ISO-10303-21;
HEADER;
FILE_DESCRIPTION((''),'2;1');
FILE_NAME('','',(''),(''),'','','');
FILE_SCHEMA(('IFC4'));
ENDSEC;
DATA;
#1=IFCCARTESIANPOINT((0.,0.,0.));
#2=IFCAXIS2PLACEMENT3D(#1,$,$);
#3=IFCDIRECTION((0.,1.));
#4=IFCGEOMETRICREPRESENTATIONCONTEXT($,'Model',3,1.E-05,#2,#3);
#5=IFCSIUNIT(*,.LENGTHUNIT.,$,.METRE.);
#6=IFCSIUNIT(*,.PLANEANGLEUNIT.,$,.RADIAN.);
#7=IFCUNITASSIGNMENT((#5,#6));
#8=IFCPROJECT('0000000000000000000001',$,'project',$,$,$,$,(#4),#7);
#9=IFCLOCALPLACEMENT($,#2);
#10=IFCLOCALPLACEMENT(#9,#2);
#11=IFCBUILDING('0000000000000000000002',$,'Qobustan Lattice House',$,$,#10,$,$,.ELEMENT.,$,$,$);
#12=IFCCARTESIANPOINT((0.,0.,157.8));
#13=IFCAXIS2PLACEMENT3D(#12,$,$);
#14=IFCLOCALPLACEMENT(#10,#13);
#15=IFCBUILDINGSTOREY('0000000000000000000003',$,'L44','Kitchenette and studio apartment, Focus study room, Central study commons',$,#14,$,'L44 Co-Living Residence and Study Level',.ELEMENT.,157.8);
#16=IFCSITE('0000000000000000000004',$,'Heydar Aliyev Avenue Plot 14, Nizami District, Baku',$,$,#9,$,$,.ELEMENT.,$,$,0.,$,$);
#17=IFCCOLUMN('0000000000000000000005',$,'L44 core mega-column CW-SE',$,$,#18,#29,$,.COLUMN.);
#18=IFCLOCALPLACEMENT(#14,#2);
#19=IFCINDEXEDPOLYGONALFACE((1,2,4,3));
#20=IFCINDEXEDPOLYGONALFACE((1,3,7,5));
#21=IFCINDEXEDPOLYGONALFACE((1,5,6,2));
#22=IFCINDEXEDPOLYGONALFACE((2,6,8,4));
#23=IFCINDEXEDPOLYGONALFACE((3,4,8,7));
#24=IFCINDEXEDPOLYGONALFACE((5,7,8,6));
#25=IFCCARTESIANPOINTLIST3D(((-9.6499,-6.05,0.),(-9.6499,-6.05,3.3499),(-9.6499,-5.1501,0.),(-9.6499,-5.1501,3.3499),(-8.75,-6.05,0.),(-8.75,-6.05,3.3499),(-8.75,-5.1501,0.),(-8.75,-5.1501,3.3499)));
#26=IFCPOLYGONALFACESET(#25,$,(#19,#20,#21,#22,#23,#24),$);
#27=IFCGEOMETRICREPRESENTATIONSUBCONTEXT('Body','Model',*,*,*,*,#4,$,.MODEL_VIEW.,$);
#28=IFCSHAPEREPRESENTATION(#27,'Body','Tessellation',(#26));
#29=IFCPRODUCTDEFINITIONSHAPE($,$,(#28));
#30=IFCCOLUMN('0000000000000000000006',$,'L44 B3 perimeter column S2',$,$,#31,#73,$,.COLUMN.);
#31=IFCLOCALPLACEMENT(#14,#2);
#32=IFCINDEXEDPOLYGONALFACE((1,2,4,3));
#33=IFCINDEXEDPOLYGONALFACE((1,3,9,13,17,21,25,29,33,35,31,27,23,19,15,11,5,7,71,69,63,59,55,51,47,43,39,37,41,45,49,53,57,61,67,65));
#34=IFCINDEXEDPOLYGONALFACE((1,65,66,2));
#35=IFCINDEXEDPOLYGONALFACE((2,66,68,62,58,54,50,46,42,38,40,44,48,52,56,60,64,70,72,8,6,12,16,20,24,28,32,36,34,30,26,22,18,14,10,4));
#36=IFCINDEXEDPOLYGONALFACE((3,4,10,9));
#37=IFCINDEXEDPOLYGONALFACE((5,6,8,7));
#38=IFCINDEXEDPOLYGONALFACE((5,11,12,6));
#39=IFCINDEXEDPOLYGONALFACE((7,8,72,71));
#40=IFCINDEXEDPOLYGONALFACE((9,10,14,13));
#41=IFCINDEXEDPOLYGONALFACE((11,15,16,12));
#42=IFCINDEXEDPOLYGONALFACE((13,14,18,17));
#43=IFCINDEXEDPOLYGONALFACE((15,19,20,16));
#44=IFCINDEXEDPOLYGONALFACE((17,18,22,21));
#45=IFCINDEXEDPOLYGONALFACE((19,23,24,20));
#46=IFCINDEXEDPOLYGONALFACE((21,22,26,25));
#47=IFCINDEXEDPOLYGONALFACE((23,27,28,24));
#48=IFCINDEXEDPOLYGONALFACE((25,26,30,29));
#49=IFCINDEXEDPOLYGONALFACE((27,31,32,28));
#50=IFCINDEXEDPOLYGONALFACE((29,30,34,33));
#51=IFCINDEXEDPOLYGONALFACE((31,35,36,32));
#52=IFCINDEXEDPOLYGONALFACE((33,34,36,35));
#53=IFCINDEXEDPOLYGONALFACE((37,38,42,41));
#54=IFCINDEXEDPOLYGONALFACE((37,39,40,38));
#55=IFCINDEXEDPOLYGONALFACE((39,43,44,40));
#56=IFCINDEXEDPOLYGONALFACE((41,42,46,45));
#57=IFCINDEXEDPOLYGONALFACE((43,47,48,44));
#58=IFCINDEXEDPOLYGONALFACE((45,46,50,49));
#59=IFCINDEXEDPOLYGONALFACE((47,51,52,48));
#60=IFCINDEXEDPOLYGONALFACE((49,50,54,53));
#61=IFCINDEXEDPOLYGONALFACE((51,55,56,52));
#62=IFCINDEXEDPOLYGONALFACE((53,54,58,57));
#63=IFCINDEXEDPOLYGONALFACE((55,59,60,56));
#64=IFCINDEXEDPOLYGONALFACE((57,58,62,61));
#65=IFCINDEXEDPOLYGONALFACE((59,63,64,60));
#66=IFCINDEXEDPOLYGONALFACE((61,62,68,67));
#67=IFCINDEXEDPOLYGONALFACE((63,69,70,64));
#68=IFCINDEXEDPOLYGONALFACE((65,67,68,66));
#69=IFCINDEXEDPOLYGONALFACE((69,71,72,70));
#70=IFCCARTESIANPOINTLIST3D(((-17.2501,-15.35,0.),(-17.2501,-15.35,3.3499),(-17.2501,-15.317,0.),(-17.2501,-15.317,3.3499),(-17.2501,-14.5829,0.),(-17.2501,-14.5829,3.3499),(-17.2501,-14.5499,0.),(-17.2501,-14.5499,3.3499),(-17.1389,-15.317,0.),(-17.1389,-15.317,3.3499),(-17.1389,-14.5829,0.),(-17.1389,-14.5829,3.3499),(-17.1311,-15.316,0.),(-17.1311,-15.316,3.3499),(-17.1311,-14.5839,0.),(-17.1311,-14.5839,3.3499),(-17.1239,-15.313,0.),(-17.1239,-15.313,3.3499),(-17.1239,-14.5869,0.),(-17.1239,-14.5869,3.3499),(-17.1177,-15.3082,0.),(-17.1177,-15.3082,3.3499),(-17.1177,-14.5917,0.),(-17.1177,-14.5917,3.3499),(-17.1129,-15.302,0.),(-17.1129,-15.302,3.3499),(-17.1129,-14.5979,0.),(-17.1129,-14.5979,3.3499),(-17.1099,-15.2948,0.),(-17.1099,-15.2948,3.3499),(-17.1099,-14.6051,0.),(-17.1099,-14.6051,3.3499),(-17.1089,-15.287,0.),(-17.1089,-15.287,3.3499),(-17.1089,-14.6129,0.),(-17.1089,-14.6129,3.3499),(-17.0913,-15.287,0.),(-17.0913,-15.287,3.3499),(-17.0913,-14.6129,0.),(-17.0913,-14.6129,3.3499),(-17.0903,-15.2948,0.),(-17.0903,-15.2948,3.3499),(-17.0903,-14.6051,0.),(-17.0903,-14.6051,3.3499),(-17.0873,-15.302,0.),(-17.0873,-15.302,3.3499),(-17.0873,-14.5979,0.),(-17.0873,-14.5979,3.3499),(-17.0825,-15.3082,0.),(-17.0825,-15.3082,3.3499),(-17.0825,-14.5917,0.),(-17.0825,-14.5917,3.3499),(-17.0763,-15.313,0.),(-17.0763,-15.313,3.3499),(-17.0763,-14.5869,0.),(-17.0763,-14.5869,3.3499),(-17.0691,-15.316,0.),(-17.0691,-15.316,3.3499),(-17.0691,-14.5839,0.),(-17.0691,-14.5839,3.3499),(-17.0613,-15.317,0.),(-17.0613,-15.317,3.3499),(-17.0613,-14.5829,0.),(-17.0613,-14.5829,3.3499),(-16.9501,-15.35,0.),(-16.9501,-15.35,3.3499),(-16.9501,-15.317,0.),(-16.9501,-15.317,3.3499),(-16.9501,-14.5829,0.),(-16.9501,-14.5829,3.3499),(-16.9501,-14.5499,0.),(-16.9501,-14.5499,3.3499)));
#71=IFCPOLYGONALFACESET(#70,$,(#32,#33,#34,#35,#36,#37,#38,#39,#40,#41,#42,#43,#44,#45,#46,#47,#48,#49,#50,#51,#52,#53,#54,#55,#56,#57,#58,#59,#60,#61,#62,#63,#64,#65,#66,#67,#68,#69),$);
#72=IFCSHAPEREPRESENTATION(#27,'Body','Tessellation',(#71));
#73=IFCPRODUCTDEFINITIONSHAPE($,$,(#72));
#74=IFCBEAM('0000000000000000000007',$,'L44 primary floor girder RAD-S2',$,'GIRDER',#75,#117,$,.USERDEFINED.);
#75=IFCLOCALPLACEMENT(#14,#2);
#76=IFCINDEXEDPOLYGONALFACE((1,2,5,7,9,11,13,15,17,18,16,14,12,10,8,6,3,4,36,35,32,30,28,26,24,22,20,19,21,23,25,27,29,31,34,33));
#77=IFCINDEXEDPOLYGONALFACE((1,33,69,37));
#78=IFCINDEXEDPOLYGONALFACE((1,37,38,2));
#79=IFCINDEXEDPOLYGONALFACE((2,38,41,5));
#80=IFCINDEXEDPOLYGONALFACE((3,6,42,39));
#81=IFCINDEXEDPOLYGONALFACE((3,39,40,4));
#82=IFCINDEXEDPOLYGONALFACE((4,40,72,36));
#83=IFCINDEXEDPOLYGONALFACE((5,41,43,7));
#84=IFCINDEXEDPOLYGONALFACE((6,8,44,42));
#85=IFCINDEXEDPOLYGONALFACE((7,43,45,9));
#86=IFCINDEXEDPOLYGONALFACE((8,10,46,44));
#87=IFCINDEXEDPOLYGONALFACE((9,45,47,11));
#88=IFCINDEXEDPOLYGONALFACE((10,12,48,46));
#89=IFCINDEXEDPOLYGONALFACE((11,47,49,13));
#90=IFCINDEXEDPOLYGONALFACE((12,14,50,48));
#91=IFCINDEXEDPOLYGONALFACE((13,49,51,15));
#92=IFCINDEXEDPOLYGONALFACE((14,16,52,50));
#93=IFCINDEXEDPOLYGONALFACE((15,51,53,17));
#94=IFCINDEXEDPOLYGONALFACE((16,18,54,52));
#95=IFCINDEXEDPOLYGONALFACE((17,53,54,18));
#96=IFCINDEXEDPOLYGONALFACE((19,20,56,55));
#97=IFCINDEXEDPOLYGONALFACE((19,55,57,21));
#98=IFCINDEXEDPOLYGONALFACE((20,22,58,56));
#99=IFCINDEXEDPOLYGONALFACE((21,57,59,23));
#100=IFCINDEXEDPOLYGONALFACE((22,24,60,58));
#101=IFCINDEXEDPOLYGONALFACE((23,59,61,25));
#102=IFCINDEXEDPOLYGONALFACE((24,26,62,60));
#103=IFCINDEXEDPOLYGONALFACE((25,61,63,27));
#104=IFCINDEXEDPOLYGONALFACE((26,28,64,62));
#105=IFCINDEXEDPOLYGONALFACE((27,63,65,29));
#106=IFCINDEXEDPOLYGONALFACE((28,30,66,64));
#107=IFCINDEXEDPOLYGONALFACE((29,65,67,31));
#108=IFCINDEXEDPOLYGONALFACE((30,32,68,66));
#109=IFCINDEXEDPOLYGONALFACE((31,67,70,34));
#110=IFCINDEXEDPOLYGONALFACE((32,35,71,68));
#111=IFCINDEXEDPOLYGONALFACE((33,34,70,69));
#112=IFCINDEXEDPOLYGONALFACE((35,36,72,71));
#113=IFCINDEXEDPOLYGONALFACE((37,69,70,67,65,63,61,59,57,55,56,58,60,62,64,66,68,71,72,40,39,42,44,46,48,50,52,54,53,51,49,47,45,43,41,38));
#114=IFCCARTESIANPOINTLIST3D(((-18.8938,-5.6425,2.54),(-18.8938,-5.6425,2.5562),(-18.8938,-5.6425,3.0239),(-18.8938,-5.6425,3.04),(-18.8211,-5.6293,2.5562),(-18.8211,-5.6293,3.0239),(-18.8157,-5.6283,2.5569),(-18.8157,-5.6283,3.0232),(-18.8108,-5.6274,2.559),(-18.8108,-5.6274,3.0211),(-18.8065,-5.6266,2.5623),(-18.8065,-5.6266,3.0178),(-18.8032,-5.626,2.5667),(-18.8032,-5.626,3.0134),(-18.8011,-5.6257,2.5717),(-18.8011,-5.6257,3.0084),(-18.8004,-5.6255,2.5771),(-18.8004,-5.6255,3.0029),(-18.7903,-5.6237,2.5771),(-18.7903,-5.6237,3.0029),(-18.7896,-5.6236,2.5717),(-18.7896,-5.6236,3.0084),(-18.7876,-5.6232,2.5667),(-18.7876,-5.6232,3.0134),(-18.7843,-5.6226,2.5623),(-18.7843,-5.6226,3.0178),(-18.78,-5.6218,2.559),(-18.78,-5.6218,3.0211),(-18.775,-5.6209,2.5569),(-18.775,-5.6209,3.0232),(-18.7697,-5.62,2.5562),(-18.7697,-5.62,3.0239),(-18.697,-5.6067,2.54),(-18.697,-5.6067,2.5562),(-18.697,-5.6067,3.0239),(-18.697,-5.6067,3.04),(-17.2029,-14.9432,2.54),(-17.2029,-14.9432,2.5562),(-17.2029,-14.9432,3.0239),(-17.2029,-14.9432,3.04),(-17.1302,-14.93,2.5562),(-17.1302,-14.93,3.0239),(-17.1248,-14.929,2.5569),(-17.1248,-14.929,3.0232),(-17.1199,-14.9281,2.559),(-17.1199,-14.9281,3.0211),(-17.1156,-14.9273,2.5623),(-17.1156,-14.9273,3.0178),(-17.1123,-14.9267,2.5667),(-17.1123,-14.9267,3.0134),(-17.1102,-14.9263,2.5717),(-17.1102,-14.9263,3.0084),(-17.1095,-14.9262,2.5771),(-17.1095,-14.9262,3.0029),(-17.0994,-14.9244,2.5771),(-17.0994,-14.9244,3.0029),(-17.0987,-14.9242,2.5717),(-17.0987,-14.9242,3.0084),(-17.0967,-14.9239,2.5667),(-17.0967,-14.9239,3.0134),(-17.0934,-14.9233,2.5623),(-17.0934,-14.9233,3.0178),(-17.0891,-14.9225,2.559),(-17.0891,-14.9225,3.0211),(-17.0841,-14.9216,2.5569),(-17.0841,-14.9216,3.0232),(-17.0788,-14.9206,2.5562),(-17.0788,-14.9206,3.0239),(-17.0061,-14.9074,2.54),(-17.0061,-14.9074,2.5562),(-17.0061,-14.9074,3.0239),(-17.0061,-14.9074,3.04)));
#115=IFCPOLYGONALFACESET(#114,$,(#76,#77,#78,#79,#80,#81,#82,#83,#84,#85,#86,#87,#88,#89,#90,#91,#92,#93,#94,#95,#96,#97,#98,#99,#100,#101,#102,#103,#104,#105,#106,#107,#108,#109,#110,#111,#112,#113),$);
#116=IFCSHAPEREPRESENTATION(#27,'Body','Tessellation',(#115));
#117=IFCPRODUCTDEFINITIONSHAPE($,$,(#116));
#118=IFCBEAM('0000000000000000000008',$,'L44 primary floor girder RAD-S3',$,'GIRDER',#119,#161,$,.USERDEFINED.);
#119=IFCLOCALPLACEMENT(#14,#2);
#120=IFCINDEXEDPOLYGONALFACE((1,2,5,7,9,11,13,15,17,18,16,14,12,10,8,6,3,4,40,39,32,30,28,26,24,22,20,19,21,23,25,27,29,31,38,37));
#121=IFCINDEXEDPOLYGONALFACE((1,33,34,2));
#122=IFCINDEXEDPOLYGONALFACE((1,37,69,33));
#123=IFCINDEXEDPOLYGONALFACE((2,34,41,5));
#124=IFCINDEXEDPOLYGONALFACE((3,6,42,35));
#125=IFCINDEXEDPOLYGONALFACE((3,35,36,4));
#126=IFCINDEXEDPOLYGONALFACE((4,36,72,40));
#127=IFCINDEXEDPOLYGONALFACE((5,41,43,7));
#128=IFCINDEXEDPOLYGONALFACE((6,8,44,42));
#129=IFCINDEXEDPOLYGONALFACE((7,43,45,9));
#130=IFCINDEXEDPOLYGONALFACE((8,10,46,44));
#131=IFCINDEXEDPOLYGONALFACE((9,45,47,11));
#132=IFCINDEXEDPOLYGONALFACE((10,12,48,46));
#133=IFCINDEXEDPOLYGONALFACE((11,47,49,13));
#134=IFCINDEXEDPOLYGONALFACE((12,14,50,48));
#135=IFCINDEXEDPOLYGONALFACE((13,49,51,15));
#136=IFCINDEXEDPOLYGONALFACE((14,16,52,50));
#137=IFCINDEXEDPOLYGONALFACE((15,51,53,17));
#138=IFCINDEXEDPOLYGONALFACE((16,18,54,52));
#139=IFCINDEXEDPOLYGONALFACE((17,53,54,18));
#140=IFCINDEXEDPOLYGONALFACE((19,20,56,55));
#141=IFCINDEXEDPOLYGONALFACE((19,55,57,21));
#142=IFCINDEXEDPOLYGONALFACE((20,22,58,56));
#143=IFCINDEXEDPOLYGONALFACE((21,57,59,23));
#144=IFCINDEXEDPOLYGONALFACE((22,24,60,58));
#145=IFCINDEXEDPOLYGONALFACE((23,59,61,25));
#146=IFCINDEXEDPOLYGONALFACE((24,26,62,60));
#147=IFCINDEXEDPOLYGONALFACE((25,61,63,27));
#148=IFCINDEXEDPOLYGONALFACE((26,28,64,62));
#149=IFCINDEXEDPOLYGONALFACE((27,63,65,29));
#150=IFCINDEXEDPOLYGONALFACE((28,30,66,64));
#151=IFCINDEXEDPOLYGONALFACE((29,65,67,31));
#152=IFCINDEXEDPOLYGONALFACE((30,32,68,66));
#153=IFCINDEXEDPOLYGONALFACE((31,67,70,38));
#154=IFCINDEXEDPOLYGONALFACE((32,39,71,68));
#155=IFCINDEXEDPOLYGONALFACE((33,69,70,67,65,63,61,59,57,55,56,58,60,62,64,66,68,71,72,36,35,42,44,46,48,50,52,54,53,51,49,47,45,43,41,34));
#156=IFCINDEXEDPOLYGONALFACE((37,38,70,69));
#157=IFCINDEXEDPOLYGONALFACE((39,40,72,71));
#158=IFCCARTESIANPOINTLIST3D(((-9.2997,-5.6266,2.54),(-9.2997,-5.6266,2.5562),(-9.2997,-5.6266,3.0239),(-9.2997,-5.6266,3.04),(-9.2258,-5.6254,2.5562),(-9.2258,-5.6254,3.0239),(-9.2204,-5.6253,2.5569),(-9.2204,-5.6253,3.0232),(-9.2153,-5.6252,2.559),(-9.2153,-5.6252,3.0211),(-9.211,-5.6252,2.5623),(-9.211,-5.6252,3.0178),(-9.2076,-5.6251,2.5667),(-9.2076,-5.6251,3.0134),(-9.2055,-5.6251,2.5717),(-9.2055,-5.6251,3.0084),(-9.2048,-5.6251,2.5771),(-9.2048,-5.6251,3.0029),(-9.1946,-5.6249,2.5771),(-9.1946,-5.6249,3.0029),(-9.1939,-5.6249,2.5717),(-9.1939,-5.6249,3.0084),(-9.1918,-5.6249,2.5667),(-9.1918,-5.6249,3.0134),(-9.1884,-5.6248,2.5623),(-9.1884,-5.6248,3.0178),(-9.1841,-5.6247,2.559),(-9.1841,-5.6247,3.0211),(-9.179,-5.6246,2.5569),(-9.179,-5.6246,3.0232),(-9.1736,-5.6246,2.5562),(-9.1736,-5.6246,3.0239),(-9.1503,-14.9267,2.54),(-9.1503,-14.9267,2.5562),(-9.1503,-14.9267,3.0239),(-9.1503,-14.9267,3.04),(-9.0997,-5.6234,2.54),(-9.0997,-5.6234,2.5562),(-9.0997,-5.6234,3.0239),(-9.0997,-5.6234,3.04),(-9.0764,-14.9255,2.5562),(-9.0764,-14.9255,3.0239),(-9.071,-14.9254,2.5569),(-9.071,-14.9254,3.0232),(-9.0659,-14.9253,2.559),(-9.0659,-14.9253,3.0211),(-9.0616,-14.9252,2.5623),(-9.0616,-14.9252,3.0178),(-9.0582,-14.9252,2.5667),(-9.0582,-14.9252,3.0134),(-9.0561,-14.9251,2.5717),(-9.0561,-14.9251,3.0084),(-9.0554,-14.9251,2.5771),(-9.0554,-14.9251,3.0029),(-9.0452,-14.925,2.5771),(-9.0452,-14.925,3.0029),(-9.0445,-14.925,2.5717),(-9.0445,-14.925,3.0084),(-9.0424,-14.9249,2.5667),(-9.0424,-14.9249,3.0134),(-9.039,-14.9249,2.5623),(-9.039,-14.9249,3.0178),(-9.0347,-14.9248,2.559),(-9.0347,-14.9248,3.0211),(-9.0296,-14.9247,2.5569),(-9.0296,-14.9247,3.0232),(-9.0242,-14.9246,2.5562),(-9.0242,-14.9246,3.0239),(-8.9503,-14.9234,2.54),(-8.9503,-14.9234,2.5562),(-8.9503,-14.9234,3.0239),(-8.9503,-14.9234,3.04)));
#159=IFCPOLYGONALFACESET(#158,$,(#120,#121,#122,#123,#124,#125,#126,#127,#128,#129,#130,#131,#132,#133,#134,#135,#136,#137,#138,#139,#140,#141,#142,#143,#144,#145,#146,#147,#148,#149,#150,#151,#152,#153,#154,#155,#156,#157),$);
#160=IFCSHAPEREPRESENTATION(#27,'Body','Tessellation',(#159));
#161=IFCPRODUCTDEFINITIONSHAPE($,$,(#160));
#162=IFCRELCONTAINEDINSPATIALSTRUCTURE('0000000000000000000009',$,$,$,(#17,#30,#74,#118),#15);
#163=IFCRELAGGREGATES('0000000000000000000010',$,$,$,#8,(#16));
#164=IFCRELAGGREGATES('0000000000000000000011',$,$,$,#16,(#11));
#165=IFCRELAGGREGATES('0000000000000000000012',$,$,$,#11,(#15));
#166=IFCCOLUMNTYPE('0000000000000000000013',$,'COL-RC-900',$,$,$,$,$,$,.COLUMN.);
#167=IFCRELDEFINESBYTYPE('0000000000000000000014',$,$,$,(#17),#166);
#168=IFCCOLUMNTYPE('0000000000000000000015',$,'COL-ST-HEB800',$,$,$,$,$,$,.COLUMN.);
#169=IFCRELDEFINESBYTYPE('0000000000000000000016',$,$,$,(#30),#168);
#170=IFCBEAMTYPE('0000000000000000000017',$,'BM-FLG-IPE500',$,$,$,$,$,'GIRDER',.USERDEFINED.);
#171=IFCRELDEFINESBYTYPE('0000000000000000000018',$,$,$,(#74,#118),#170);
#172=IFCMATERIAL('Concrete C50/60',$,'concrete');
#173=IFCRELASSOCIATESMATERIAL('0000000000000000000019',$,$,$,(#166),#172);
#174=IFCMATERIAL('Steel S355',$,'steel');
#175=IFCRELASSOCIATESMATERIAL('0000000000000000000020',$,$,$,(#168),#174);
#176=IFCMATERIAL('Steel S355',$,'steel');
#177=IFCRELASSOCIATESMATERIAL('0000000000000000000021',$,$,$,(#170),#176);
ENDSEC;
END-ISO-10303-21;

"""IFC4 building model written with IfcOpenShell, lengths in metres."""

from ifc_helpers import new_model, si_unit, direction, frame, origin, origin_2d, place, context, subcontext, project, spatial, rectangle, i_section, extrude, material, material_profile, profile_set, type_object, element, save


model = new_model("IFC4")

# Units and contexts
model_context = context("Model", 3, precision=1e-05, world=origin(), true_north=direction((0.0, 1.0)))
body_context = subcontext(model_context, "Body", "Model", "MODEL_VIEW")
ifc_project = project(units=[si_unit("LENGTHUNIT", "METRE"), si_unit("PLANEANGLEUNIT", "RADIAN")], contexts=[model_context])

# Site, building, storey
site_placement = place(None, origin())
site = spatial("IfcSite", under=ifc_project, at=site_placement, Name="Heydar Aliyev Avenue Plot 14, Nizami District, Baku", CompositionType="ELEMENT", RefElevation=0.0)
building_placement = place(site_placement, origin())
building = spatial("IfcBuilding", under=site, at=building_placement, Name="Qobustan Lattice House", CompositionType="ELEMENT")
storey_placement = place(building_placement, frame((0.0, 0.0, 157.8)))
storey = spatial("IfcBuildingStorey", under=building, at=storey_placement, Name="L44", Description="Kitchenette and studio apartment, Focus study room, Central study commons", LongName="L44 Co-Living Residence and Study Level", CompositionType="ELEMENT", Elevation=157.8)

# Columns
ifc_material_1 = material(Name="Concrete C50/60", Category="concrete")
ifc_material_profile_1 = material_profile(ifc_material_1, rectangle(XDim=0.8999, YDim=0.8999, at=origin_2d()), Name="RC900x900")
ifc_profile_set_1 = profile_set([ifc_material_profile_1], Name="Concrete C50/60")
column_type_1 = type_object("IfcColumnType", Name="COL-RC-900", PredefinedType="COLUMN", material=ifc_profile_set_1)
column_1_placement = place(storey_placement, frame((-9.2, -5.6001, 0.0), z_axis=(0.0, 0.0, 1.0), x_axis=(1.0, 0.0, 0.0)))
element("IfcColumn", 1, at=column_1_placement, inside=storey, type_object=column_type_1, Name="L44 core mega-column CW-SE", PredefinedType="COLUMN", context=body_context, shape_type="SweptSolid", body=[
    extrude(rectangle(XDim=0.8999, YDim=0.8999, at=origin_2d()), origin(), (0.0, 0.0, 1.0), 3.3499),
])
ifc_material_2 = material(Name="Steel S355", Category="steel")
ifc_material_profile_2 = material_profile(ifc_material_2, i_section(OverallWidth=0.3, OverallDepth=0.8, WebThickness=0.0176, FlangeThickness=0.033, FilletRadius=0.03, at=origin_2d()), Name="HEB800")
ifc_profile_set_2 = profile_set([ifc_material_profile_2], Name="Steel S355")
column_type_2 = type_object("IfcColumnType", Name="COL-ST-HEB800", PredefinedType="COLUMN", material=ifc_profile_set_2)
column_2_placement = place(storey_placement, frame((-17.1001, -14.95, 0.0), z_axis=(0.0, 0.0, 1.0), x_axis=(1.0, 0.0, 0.0)))
element("IfcColumn", 2, at=column_2_placement, inside=storey, type_object=column_type_2, Name="L44 B3 perimeter column S2", PredefinedType="COLUMN", context=body_context, shape_type="SweptSolid", body=[
    extrude(i_section(OverallWidth=0.3, OverallDepth=0.8, WebThickness=0.0176, FlangeThickness=0.033, FilletRadius=0.03, at=origin_2d()), origin(), (0.0, 0.0, 1.0), 3.3499),
])

# Beams
ifc_material_3 = material(Name="Steel S355", Category="steel")
ifc_material_profile_3 = material_profile(ifc_material_3, i_section(OverallWidth=0.2, OverallDepth=0.5, WebThickness=0.0103, FlangeThickness=0.0161, FilletRadius=0.021, at=origin_2d()), Name="IPE500")
ifc_profile_set_3 = profile_set([ifc_material_profile_3], Name="Steel S355")
beam_type_1 = type_object("IfcBeamType", Name="BM-FLG-IPE500", ElementType="GIRDER", PredefinedType="USERDEFINED", material=ifc_profile_set_3)
beam_1_placement = place(storey_placement, frame((-17.1045, -14.9253, 2.79), z_axis=(-0.178872, 0.983872, 0.0), x_axis=(-0.983872, -0.178872, 0.0)))
element("IfcBeam", 3, at=beam_1_placement, inside=storey, type_object=beam_type_1, Name="L44 primary floor girder RAD-S2", ObjectType="GIRDER", PredefinedType="USERDEFINED", context=body_context, shape_type="SweptSolid", body=[
    extrude(i_section(OverallWidth=0.2, OverallDepth=0.5, WebThickness=0.0103, FlangeThickness=0.0161, FilletRadius=0.021, at=origin_2d()), origin(), (0.0, 0.0, 1.0), 9.4531),
])
beam_2_placement = place(storey_placement, frame((-9.0503, -14.925, 2.79), z_axis=(-0.016064, 0.999871, 0.0), x_axis=(-0.999871, -0.016064, 0.0)))
element("IfcBeam", 4, at=beam_2_placement, inside=storey, type_object=beam_type_1, Name="L44 primary floor girder RAD-S3", ObjectType="GIRDER", PredefinedType="USERDEFINED", context=body_context, shape_type="SweptSolid", body=[
    extrude(i_section(OverallWidth=0.2, OverallDepth=0.5, WebThickness=0.0103, FlangeThickness=0.0161, FilletRadius=0.021, at=origin_2d()), origin(), (0.0, 0.0, 1.0), 9.3013),
])

save(model, "model.ifc")
